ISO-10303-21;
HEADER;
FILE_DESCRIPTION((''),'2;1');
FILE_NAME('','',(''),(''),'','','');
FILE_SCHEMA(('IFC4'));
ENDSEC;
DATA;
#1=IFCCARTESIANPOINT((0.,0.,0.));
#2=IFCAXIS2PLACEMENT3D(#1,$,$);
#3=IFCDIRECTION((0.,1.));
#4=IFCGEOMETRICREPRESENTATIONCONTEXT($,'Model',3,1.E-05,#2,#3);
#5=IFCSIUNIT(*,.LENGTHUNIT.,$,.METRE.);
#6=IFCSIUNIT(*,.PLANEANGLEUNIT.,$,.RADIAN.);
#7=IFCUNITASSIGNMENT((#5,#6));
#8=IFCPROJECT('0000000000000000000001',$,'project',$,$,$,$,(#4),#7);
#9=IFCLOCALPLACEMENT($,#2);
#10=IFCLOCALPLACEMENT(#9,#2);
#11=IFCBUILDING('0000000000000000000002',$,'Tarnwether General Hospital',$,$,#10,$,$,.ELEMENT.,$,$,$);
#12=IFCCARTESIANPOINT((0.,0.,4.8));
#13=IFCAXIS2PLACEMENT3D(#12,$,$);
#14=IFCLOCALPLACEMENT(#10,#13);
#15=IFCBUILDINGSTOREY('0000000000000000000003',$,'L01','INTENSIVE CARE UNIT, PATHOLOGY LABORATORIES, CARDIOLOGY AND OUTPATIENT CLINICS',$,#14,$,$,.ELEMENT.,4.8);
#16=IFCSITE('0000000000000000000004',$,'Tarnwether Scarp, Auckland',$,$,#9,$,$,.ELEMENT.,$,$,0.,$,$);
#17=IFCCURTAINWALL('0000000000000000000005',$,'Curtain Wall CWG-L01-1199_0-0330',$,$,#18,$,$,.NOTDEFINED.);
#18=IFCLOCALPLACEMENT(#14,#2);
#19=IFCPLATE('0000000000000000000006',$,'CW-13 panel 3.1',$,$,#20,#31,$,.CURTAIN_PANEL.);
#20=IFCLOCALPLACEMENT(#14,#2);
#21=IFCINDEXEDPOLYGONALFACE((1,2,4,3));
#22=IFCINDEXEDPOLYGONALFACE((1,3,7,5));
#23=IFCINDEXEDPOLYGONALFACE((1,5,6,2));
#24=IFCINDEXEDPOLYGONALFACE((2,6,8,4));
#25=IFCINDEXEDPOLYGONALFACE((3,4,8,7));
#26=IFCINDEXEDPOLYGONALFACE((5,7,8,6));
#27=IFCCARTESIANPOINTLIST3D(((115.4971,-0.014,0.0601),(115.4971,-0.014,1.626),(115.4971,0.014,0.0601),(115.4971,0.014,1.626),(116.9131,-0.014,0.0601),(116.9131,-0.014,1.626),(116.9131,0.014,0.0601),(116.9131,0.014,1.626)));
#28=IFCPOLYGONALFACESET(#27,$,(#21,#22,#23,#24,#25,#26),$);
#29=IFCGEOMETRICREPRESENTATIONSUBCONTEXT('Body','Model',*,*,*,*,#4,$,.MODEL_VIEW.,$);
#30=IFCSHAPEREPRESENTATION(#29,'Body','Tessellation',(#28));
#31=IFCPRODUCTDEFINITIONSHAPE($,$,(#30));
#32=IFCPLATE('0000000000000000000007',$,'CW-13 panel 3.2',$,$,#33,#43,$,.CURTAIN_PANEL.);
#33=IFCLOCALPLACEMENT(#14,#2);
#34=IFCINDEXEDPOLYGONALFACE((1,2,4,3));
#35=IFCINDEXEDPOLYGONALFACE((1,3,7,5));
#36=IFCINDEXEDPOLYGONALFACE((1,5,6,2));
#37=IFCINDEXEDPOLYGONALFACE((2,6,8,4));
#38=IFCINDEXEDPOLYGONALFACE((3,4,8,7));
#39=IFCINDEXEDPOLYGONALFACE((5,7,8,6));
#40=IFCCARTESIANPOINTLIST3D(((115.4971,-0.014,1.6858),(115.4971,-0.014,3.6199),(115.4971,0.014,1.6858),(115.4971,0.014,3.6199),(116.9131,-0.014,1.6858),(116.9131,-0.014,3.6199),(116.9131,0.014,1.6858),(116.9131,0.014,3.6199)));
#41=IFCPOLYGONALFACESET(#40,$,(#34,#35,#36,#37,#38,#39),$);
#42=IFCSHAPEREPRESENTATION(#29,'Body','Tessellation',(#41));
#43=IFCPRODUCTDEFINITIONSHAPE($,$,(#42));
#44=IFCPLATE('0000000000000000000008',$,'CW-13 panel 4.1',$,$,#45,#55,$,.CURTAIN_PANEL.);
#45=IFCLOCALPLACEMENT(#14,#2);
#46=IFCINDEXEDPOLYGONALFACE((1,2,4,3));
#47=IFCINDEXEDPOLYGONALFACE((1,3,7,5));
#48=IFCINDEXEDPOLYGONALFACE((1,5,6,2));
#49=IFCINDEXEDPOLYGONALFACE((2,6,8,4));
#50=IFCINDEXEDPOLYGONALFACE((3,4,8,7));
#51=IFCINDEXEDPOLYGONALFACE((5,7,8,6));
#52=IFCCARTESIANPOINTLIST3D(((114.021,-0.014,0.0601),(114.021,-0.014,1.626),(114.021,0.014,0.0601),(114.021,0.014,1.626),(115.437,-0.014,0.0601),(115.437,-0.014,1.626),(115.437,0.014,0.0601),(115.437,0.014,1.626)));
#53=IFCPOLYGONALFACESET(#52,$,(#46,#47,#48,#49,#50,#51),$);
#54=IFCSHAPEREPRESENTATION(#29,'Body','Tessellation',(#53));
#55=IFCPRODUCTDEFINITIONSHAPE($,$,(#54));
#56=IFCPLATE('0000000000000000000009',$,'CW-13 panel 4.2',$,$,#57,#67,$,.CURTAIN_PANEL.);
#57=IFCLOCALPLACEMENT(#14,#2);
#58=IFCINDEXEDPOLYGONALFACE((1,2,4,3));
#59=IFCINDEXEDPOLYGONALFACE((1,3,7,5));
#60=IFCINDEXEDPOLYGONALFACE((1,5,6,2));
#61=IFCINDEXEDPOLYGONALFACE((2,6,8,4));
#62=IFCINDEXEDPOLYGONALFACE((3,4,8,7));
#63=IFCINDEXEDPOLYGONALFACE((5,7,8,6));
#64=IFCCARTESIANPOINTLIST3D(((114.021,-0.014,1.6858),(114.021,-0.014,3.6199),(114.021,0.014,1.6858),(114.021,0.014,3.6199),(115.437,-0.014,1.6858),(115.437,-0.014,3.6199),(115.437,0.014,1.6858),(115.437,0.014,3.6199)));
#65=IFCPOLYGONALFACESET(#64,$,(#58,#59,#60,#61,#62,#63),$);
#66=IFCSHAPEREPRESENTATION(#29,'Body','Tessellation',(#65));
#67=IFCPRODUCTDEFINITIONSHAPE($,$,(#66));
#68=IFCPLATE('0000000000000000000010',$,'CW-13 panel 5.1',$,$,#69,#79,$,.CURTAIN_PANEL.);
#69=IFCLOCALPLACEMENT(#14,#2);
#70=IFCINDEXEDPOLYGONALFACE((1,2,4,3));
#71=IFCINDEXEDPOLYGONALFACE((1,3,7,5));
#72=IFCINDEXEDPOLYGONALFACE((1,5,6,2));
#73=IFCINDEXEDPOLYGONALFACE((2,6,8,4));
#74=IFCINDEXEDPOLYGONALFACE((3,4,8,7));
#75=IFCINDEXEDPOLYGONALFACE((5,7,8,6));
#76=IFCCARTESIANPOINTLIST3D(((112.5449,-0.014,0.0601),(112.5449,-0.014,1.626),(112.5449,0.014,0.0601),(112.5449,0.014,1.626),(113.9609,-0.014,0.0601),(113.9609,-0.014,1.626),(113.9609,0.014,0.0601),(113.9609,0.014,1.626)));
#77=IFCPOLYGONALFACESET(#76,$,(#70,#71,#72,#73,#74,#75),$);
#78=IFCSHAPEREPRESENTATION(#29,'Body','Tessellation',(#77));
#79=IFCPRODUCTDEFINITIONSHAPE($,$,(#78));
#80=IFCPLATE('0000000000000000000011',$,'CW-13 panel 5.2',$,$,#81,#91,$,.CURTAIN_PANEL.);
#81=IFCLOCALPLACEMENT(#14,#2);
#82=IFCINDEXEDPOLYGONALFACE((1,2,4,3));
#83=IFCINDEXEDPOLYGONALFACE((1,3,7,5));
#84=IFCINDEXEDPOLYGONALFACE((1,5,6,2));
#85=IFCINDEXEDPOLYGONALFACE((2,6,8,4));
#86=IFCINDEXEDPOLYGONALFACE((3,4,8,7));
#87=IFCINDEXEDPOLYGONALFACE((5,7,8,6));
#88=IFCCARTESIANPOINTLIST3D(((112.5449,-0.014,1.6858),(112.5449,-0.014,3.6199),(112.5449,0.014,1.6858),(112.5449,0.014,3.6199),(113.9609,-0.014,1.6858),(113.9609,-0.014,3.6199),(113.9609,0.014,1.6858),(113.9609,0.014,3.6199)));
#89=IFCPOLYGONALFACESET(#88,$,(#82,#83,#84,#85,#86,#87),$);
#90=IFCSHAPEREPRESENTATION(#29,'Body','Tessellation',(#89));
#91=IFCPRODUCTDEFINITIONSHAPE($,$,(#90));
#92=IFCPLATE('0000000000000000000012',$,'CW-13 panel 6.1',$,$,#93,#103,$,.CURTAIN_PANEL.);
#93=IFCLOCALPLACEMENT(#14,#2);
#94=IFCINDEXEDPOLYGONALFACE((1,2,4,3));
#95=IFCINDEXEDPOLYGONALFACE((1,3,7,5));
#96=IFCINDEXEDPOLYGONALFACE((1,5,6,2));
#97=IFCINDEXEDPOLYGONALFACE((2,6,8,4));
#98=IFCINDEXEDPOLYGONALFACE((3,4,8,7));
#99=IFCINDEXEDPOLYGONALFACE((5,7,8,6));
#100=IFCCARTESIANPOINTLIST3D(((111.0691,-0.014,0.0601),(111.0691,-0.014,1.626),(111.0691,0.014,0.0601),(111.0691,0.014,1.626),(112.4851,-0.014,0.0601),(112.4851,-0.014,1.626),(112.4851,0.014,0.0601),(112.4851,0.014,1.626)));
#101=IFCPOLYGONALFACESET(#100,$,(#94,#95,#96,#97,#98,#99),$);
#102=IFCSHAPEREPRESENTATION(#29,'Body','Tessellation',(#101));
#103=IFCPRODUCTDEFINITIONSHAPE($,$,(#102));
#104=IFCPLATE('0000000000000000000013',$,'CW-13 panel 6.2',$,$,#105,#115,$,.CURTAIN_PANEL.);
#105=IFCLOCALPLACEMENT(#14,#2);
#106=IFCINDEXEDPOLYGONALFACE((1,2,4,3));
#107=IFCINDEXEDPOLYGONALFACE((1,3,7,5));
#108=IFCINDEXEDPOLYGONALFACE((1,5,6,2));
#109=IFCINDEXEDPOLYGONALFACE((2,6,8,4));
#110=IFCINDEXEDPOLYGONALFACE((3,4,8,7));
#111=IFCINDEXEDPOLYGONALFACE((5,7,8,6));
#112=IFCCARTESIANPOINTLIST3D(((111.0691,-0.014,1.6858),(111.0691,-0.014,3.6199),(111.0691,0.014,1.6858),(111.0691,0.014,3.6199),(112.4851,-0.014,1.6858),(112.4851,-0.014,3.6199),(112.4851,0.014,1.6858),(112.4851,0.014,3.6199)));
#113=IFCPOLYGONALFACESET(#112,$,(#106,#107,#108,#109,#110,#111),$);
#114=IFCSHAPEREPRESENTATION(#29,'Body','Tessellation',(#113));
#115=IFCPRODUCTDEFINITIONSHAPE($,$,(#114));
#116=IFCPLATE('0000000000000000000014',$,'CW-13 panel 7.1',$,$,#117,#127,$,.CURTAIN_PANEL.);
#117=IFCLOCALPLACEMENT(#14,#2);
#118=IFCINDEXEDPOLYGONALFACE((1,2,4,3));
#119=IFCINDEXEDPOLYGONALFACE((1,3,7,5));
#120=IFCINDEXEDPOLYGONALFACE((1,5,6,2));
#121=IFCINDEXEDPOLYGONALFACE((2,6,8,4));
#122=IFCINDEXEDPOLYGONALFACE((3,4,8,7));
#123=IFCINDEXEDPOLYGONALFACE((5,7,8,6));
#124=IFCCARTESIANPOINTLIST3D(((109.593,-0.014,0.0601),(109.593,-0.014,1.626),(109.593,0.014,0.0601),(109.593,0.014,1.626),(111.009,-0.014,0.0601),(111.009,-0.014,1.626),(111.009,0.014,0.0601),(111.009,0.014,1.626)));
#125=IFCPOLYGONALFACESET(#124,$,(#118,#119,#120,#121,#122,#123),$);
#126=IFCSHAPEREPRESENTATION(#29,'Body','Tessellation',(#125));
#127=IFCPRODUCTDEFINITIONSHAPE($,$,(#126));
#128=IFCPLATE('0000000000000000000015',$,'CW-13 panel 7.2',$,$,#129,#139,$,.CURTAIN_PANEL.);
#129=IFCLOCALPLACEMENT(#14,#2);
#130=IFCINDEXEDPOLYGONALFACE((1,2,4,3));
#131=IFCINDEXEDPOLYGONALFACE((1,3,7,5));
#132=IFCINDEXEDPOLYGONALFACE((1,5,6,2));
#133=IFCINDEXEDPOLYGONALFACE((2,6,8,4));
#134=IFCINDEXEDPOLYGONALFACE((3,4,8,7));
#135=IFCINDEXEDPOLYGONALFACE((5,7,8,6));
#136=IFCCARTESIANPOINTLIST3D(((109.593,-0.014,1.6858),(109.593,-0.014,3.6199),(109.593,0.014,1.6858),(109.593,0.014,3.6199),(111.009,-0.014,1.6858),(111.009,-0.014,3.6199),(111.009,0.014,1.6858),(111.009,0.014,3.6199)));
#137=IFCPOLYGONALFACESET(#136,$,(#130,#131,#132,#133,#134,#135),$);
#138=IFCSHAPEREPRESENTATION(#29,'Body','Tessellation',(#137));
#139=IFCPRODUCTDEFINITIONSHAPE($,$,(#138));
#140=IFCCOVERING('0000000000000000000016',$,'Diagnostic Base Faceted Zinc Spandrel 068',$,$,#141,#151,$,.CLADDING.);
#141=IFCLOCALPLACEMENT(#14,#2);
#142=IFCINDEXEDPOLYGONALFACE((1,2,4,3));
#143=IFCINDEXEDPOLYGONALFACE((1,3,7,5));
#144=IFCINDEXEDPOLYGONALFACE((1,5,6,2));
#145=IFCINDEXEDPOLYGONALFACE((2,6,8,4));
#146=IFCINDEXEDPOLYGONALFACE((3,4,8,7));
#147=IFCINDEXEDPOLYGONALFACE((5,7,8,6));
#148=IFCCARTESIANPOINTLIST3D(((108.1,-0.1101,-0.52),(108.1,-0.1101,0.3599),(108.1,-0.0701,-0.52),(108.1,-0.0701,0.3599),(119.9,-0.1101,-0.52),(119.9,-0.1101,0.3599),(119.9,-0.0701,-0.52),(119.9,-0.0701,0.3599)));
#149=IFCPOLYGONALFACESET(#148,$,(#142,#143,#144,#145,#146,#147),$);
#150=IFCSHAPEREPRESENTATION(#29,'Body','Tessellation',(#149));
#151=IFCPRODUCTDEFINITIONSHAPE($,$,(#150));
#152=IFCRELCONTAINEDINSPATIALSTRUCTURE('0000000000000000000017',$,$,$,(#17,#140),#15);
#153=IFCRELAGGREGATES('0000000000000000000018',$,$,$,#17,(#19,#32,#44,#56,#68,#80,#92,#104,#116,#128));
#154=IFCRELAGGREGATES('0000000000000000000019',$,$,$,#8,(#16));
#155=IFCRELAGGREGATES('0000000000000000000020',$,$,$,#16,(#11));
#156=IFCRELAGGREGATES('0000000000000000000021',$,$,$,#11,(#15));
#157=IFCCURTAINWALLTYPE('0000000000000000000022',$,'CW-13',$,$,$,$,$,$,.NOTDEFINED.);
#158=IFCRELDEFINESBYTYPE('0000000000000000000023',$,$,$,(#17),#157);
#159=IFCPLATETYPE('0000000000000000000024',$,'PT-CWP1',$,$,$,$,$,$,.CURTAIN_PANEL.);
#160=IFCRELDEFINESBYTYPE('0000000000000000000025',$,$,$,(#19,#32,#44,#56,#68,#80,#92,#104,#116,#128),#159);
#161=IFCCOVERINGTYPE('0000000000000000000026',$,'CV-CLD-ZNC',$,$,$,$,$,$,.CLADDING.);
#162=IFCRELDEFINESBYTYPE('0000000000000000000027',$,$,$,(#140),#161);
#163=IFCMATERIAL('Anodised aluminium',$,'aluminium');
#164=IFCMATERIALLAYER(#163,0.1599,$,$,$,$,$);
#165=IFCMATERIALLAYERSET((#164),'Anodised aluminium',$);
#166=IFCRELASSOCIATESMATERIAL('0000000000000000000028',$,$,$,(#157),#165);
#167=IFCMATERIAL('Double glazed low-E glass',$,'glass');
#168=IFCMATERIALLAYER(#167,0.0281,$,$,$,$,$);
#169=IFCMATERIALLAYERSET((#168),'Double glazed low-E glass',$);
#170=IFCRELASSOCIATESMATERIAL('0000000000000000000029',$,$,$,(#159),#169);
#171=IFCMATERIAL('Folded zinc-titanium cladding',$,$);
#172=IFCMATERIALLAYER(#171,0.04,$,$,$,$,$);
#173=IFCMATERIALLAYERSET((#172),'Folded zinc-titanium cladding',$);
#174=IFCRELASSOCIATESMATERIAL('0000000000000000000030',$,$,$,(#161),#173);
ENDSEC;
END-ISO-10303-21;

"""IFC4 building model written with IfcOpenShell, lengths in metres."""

from ifc_helpers import new_model, si_unit, direction, frame, origin, origin_2d, place, context, subcontext, project, spatial, rectangle, extrude, material, layer, layer_set, type_object, element, aggregate, save


model = new_model("IFC4")

# Units and contexts
model_context = context("Model", 3, precision=1e-05, world=origin(), true_north=direction((0.0, 1.0)))
body_context = subcontext(model_context, "Body", "Model", "MODEL_VIEW")
ifc_project = project(units=[si_unit("LENGTHUNIT", "METRE"), si_unit("PLANEANGLEUNIT", "RADIAN")], contexts=[model_context])

# Site, building, storey
site_placement = place(None, origin())
site = spatial("IfcSite", under=ifc_project, at=site_placement, Name="Tarnwether Scarp, Auckland", CompositionType="ELEMENT", RefElevation=0.0)
building_placement = place(site_placement, origin())
building = spatial("IfcBuilding", under=site, at=building_placement, Name="Tarnwether General Hospital", CompositionType="ELEMENT")
storey_placement = place(building_placement, frame((0.0, 0.0, 4.8)))
storey = spatial("IfcBuildingStorey", under=building, at=storey_placement, Name="L01", Description="INTENSIVE CARE UNIT, PATHOLOGY LABORATORIES, CARDIOLOGY AND OUTPATIENT CLINICS", CompositionType="ELEMENT", Elevation=4.8)

# Curtain wall, plates
ifc_material_1 = material(Name="Anodised aluminium", Category="aluminium")
ifc_layer_1 = layer(ifc_material_1, 0.1599)
ifc_layer_set_1 = layer_set([ifc_layer_1], Name="Anodised aluminium")
curtain_wall_type = type_object("IfcCurtainWallType", Name="CW-13", PredefinedType="NOTDEFINED", material=ifc_layer_set_1)
curtain_wall_placement = place(storey_placement, origin())
curtain_wall = element("IfcCurtainWall", 1, at=curtain_wall_placement, inside=storey, type_object=curtain_wall_type, Name="Curtain Wall CWG-L01-1199_0-0330", PredefinedType="NOTDEFINED")
ifc_material_2 = material(Name="Double glazed low-E glass", Category="glass")
ifc_layer_2 = layer(ifc_material_2, 0.0281)
ifc_layer_set_2 = layer_set([ifc_layer_2], Name="Double glazed low-E glass")
plate_type = type_object("IfcPlateType", Name="PT-CWP1", PredefinedType="CURTAIN_PANEL", material=ifc_layer_set_2)
plate_1_placement = place(storey_placement, frame((116.2051, 0.0, 0.0601), z_axis=(0.0, 0.0, 1.0), x_axis=(-1.0, 0.0, 0.0)))
plate_1 = element("IfcPlate", 2, at=plate_1_placement, type_object=plate_type, Name="CW-13 panel 3.1", PredefinedType="CURTAIN_PANEL", context=body_context, shape_type="SweptSolid", body=[
    extrude(rectangle(XDim=1.416, YDim=0.0281, at=origin_2d()), origin(), (0.0, 0.0, 1.0), 1.5659),
])
plate_2_placement = place(storey_placement, frame((116.2051, 0.0, 1.6858), z_axis=(0.0, 0.0, 1.0), x_axis=(-1.0, 0.0, 0.0)))
plate_2 = element("IfcPlate", 3, at=plate_2_placement, type_object=plate_type, Name="CW-13 panel 3.2", PredefinedType="CURTAIN_PANEL", context=body_context, shape_type="SweptSolid", body=[
    extrude(rectangle(XDim=1.416, YDim=0.0281, at=origin_2d()), origin(), (0.0, 0.0, 1.0), 1.9341),
])
plate_3_placement = place(storey_placement, frame((114.729, 0.0, 0.0601), z_axis=(0.0, 0.0, 1.0), x_axis=(-1.0, 0.0, 0.0)))
plate_3 = element("IfcPlate", 4, at=plate_3_placement, type_object=plate_type, Name="CW-13 panel 4.1", PredefinedType="CURTAIN_PANEL", context=body_context, shape_type="SweptSolid", body=[
    extrude(rectangle(XDim=1.416, YDim=0.0281, at=origin_2d()), origin(), (0.0, 0.0, 1.0), 1.5659),
])
plate_4_placement = place(storey_placement, frame((114.729, 0.0, 1.6858), z_axis=(0.0, 0.0, 1.0), x_axis=(-1.0, 0.0, 0.0)))
plate_4 = element("IfcPlate", 5, at=plate_4_placement, type_object=plate_type, Name="CW-13 panel 4.2", PredefinedType="CURTAIN_PANEL", context=body_context, shape_type="SweptSolid", body=[
    extrude(rectangle(XDim=1.416, YDim=0.0281, at=origin_2d()), origin(), (0.0, 0.0, 1.0), 1.9341),
])
plate_5_placement = place(storey_placement, frame((113.2529, 0.0, 0.0601), z_axis=(0.0, 0.0, 1.0), x_axis=(-1.0, 0.0, 0.0)))
plate_5 = element("IfcPlate", 6, at=plate_5_placement, type_object=plate_type, Name="CW-13 panel 5.1", PredefinedType="CURTAIN_PANEL", context=body_context, shape_type="SweptSolid", body=[
    extrude(rectangle(XDim=1.416, YDim=0.0281, at=origin_2d()), origin(), (0.0, 0.0, 1.0), 1.5659),
])
plate_6_placement = place(storey_placement, frame((113.2529, 0.0, 1.6858), z_axis=(0.0, 0.0, 1.0), x_axis=(-1.0, 0.0, 0.0)))
plate_6 = element("IfcPlate", 7, at=plate_6_placement, type_object=plate_type, Name="CW-13 panel 5.2", PredefinedType="CURTAIN_PANEL", context=body_context, shape_type="SweptSolid", body=[
    extrude(rectangle(XDim=1.416, YDim=0.0281, at=origin_2d()), origin(), (0.0, 0.0, 1.0), 1.9341),
])
plate_7_placement = place(storey_placement, frame((111.7771, 0.0, 0.0601), z_axis=(0.0, 0.0, 1.0), x_axis=(-1.0, 0.0, 0.0)))
plate_7 = element("IfcPlate", 8, at=plate_7_placement, type_object=plate_type, Name="CW-13 panel 6.1", PredefinedType="CURTAIN_PANEL", context=body_context, shape_type="SweptSolid", body=[
    extrude(rectangle(XDim=1.416, YDim=0.0281, at=origin_2d()), origin(), (0.0, 0.0, 1.0), 1.5659),
])
plate_8_placement = place(storey_placement, frame((111.7771, 0.0, 1.6858), z_axis=(0.0, 0.0, 1.0), x_axis=(-1.0, 0.0, 0.0)))
plate_8 = element("IfcPlate", 9, at=plate_8_placement, type_object=plate_type, Name="CW-13 panel 6.2", PredefinedType="CURTAIN_PANEL", context=body_context, shape_type="SweptSolid", body=[
    extrude(rectangle(XDim=1.416, YDim=0.0281, at=origin_2d()), origin(), (0.0, 0.0, 1.0), 1.9341),
])
plate_9_placement = place(storey_placement, frame((110.301, 0.0, 0.0601), z_axis=(0.0, 0.0, 1.0), x_axis=(-1.0, 0.0, 0.0)))
plate_9 = element("IfcPlate", 10, at=plate_9_placement, type_object=plate_type, Name="CW-13 panel 7.1", PredefinedType="CURTAIN_PANEL", context=body_context, shape_type="SweptSolid", body=[
    extrude(rectangle(XDim=1.416, YDim=0.0281, at=origin_2d()), origin(), (0.0, 0.0, 1.0), 1.5659),
])
plate_10_placement = place(storey_placement, frame((110.301, 0.0, 1.6858), z_axis=(0.0, 0.0, 1.0), x_axis=(-1.0, 0.0, 0.0)))
plate_10 = element("IfcPlate", 11, at=plate_10_placement, type_object=plate_type, Name="CW-13 panel 7.2", PredefinedType="CURTAIN_PANEL", context=body_context, shape_type="SweptSolid", body=[
    extrude(rectangle(XDim=1.416, YDim=0.0281, at=origin_2d()), origin(), (0.0, 0.0, 1.0), 1.9341),
])
aggregate(curtain_wall, [plate_1, plate_2, plate_3, plate_4, plate_5, plate_6, plate_7, plate_8, plate_9, plate_10])

# Covering
ifc_material_3 = material(Name="Folded zinc-titanium cladding")
ifc_layer_3 = layer(ifc_material_3, 0.04)
ifc_layer_set_3 = layer_set([ifc_layer_3], Name="Folded zinc-titanium cladding")
covering_type = type_object("IfcCoveringType", Name="CV-CLD-ZNC", PredefinedType="CLADDING", material=ifc_layer_set_3)
covering_placement = place(storey_placement, frame((114.0, -0.0901, -0.52), z_axis=(0.0, 0.0, 1.0), x_axis=(1.0, 0.0, 0.0)))
element("IfcCovering", 12, at=covering_placement, inside=storey, type_object=covering_type, Name="Diagnostic Base Faceted Zinc Spandrel 068", PredefinedType="CLADDING", context=body_context, shape_type="SweptSolid", body=[
    extrude(rectangle(XDim=11.8, YDim=0.04, at=origin_2d()), origin(), (0.0, 0.0, 1.0), 0.8799),
])

save(model, "model.ifc")
